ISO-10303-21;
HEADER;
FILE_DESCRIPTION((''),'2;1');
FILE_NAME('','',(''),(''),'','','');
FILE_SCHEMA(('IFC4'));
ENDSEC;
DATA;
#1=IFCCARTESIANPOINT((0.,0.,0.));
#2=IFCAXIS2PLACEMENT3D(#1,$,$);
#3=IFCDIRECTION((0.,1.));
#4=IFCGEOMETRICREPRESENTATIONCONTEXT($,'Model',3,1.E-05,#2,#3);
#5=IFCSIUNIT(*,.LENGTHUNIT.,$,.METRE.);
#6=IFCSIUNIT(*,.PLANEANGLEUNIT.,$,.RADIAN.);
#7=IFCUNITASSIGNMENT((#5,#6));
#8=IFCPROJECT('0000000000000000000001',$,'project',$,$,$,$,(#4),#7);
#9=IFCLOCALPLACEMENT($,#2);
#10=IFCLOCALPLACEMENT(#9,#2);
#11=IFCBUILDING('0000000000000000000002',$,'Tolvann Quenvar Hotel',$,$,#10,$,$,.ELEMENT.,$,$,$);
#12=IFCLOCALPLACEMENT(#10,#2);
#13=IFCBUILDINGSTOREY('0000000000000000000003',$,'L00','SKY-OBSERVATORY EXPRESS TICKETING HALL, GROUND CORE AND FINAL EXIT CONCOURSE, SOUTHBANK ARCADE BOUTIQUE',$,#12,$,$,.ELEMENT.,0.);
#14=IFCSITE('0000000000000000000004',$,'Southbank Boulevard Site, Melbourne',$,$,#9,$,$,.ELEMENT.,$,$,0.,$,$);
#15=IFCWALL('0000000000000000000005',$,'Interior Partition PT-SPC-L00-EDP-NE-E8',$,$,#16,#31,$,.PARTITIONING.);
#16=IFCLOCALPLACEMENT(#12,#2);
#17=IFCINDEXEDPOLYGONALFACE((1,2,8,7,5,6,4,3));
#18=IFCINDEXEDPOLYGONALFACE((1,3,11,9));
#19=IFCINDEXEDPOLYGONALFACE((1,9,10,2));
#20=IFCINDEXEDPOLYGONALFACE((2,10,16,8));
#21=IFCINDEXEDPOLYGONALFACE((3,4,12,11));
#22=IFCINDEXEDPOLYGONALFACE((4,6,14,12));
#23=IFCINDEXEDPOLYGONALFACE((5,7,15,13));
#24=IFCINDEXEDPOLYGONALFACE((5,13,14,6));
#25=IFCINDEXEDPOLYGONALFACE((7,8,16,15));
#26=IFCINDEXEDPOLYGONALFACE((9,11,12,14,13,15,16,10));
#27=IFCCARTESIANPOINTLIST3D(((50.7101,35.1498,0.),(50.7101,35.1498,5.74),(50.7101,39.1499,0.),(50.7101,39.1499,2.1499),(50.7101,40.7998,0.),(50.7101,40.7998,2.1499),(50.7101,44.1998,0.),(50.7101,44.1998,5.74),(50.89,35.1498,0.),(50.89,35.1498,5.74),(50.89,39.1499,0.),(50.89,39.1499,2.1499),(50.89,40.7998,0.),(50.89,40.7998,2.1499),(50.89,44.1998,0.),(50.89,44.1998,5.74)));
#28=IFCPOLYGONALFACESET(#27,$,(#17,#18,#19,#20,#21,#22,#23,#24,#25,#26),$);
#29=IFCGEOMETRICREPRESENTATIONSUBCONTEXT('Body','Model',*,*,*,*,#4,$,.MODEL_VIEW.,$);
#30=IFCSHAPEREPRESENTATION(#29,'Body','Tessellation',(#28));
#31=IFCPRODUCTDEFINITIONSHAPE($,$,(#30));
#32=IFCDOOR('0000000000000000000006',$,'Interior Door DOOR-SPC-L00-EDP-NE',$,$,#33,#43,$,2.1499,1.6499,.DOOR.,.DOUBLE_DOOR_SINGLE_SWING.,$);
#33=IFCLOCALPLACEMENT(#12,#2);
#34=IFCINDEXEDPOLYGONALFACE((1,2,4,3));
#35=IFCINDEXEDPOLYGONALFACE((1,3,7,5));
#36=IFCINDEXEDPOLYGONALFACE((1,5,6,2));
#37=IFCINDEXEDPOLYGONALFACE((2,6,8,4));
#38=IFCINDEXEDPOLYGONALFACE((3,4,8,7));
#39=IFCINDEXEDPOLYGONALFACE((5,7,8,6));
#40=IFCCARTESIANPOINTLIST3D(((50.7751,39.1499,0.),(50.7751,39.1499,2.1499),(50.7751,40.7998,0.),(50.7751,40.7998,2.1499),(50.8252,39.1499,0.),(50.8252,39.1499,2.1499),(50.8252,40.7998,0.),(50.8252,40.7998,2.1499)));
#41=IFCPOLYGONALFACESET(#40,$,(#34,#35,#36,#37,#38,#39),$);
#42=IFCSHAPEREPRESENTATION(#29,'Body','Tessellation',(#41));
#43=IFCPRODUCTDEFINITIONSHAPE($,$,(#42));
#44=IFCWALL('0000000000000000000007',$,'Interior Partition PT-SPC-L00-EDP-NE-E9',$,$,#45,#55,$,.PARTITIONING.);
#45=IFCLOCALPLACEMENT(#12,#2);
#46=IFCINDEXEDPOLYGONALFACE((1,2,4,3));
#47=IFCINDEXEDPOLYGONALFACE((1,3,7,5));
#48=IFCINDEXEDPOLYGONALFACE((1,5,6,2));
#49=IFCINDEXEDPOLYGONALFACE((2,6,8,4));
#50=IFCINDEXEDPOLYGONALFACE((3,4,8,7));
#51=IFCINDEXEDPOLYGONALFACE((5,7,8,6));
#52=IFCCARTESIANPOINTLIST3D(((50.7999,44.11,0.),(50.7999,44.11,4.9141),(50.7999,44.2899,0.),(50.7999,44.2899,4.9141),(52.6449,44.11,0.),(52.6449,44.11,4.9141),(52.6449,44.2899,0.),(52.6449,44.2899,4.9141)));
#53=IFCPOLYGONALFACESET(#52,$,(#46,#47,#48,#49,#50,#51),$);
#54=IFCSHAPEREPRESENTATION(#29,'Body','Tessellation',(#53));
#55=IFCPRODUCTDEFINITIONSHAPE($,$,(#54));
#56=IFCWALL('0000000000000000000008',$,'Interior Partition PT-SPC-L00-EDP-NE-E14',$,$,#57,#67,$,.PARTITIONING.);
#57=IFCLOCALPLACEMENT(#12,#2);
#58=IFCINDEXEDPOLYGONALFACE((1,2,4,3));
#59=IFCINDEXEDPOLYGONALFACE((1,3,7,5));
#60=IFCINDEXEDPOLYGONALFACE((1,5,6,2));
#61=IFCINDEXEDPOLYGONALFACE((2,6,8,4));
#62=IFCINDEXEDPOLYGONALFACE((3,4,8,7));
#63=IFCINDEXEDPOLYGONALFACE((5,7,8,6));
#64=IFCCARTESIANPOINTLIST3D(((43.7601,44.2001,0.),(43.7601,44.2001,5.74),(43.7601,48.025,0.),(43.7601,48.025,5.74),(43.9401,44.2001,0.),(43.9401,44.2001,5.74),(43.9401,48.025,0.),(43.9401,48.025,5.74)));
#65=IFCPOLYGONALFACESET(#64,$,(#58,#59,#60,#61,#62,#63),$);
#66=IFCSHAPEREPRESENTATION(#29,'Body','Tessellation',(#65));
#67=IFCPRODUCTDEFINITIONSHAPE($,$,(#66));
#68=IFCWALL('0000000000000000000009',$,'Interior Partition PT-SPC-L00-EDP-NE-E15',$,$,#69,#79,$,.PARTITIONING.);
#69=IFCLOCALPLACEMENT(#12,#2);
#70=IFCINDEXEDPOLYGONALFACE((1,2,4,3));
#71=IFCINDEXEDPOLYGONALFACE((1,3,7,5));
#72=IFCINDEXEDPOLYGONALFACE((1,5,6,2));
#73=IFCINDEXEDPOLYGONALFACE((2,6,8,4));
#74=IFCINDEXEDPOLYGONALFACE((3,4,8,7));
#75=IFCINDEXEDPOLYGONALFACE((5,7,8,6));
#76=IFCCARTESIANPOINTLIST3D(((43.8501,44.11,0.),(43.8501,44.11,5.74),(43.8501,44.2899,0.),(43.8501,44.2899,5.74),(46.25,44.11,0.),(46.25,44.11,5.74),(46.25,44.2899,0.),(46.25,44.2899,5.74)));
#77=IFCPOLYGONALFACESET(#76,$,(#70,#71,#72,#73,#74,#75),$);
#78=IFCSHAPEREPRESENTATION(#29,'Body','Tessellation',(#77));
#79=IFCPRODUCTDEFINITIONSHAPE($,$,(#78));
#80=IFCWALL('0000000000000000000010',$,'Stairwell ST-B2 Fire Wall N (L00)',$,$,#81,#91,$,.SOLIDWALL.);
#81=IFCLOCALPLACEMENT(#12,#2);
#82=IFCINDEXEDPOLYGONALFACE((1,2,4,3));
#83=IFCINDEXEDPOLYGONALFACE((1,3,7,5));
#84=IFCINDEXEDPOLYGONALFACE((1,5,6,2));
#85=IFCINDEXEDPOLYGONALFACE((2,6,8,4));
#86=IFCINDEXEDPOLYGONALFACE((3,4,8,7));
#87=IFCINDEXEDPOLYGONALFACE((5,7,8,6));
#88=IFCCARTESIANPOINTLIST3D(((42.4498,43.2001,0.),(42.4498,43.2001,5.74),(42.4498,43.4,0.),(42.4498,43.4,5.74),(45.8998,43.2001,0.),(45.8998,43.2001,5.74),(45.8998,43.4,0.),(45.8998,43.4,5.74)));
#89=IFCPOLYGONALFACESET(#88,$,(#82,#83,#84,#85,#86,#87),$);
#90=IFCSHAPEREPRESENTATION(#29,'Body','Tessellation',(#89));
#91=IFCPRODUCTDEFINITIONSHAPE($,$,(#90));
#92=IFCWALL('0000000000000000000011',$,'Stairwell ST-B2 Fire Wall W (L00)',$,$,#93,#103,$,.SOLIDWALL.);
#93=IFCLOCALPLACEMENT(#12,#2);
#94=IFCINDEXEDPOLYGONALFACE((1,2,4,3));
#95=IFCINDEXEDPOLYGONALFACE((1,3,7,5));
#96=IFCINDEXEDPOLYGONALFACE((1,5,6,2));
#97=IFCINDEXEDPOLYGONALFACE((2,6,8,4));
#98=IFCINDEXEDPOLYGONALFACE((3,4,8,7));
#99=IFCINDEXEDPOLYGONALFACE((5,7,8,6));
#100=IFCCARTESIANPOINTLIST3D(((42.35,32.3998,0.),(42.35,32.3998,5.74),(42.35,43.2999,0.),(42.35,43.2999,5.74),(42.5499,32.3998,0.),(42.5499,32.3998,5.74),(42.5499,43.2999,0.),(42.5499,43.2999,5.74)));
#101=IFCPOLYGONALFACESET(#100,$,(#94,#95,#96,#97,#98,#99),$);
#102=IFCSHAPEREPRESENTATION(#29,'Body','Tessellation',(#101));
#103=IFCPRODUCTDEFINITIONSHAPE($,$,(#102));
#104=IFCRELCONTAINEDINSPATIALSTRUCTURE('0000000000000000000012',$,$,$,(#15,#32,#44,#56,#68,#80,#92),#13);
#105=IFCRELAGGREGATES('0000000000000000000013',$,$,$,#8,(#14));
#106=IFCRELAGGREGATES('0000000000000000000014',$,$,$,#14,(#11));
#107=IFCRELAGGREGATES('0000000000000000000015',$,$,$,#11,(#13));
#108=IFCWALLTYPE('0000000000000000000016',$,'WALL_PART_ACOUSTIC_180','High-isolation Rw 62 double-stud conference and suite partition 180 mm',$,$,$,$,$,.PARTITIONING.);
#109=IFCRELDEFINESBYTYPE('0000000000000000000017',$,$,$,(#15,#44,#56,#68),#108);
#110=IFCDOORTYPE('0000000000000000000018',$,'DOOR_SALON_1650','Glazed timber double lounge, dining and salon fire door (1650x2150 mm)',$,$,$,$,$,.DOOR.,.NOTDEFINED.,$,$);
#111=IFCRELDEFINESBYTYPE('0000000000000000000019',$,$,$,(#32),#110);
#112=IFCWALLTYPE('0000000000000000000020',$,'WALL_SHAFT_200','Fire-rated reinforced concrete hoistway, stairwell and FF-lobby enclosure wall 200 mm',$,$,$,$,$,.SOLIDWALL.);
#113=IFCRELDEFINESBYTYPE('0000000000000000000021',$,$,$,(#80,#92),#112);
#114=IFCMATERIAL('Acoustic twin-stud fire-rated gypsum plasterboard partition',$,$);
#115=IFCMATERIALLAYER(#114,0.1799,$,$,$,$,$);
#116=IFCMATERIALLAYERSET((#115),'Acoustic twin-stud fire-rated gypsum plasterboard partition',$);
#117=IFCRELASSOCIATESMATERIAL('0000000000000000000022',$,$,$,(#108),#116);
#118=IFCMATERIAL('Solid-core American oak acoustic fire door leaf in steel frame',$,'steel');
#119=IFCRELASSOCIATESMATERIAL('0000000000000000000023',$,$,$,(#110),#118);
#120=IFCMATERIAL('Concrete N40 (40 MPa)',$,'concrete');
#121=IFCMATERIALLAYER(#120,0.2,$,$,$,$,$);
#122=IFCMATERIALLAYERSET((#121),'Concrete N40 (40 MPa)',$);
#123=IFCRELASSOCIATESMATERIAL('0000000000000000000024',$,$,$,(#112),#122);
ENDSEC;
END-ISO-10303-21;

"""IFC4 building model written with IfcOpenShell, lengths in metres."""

from ifc_helpers import new_model, si_unit, direction, frame, frame_2d, origin, place, context, subcontext, project, spatial, rectangle, extrude, source, transform, mapped, material, layer, layer_set, type_object, type_shapes, element, fill, save


model = new_model("IFC4")

# Units and contexts
model_context = context("Model", 3, precision=1e-05, world=origin(), true_north=direction((0.0, 1.0)))
body_context = subcontext(model_context, "Body", "Model", "MODEL_VIEW")
ifc_project = project(units=[si_unit("LENGTHUNIT", "METRE"), si_unit("PLANEANGLEUNIT", "RADIAN")], contexts=[model_context])

# Site, building, storey
site_placement = place(None, origin())
site = spatial("IfcSite", under=ifc_project, at=site_placement, Name="Southbank Boulevard Site, Melbourne", CompositionType="ELEMENT", RefElevation=0.0)
building_placement = place(site_placement, origin())
building = spatial("IfcBuilding", under=site, at=building_placement, Name="Tolvann Quenvar Hotel", CompositionType="ELEMENT")
storey_placement = place(building_placement, origin())
storey = spatial("IfcBuildingStorey", under=building, at=storey_placement, Name="L00", Description="SKY-OBSERVATORY EXPRESS TICKETING HALL, GROUND CORE AND FINAL EXIT CONCOURSE, SOUTHBANK ARCADE BOUTIQUE", CompositionType="ELEMENT", Elevation=0.0)

# Wall, opening, door
ifc_material_1 = material(Name="Acoustic twin-stud fire-rated gypsum plasterboard partition")
ifc_layer_1 = layer(ifc_material_1, 0.1799)
ifc_layer_set_1 = layer_set([ifc_layer_1], Name="Acoustic twin-stud fire-rated gypsum plasterboard partition")
wall_type_1 = type_object("IfcWallType", Name="WALL_PART_ACOUSTIC_180", Description="High-isolation Rw 62 double-stud conference and suite partition 180 mm", PredefinedType="PARTITIONING", material=ifc_layer_set_1)
wall_1_placement = place(storey_placement, frame((50.8, 35.1499, 0.0), z_axis=(0.0, 0.0, 1.0), x_axis=(0.0, 1.0, 0.0)))
wall_1 = element("IfcWall", 1, at=wall_1_placement, inside=storey, type_object=wall_type_1, Name="Interior Partition PT-SPC-L00-EDP-NE-E8", PredefinedType="PARTITIONING", context=body_context, shape_type="SweptSolid", body=[
    extrude(rectangle(XDim=9.05, YDim=0.1799, at=frame_2d((4.5249, 0.0))), origin(), (0.0, 0.0, 1.0), 5.74),
])
opening_1_placement = place(wall_1_placement, frame((4.0, 0.0, 0.0)))
opening_1 = element("IfcOpeningElement", 2, at=opening_1_placement, cuts=wall_1, PredefinedType="OPENING", context=body_context, shape_type="SweptSolid", body=[
    extrude(rectangle(XDim=1.6499, YDim=2.1499, at=frame_2d((0.825, 1.075))), frame((0.0, 0.1001, 0.0), z_axis=(0.0, -1.0, 0.0), x_axis=(1.0, 0.0, 0.0)), (0.0, 0.0, 1.0), 0.2),
])
ifc_material_2 = material(Name="Solid-core American oak acoustic fire door leaf in steel frame", Category="steel")
door_type_1 = type_object("IfcDoorType", Name="DOOR_SALON_1650", Description="Glazed timber double lounge, dining and salon fire door (1650x2150 mm)", OperationType="NOTDEFINED", PredefinedType="DOOR", material=ifc_material_2)
shared_shape_1 = source(origin(), body_context, "Body", "SweptSolid", [
    extrude(rectangle(XDim=1.6499, YDim=2.1499, at=frame_2d((0.825, 1.075))), frame((0.0, 0.0249, 0.0), z_axis=(0.0, -1.0, 0.0), x_axis=(1.0, 0.0, 0.0)), (0.0, 0.0, 1.0), 0.05),
])
type_shapes(door_type_1, [shared_shape_1])
door_1_placement = place(opening_1_placement, origin())
door_1 = element("IfcDoor", 3, at=door_1_placement, inside=storey, type_object=door_type_1, Name="Interior Door DOOR-SPC-L00-EDP-NE", OperationType="DOUBLE_DOOR_SINGLE_SWING", OverallHeight=2.1499, OverallWidth=1.6499, PredefinedType="DOOR", context=body_context, shape_type="MappedRepresentation", body=[
    mapped(shared_shape_1, transform((0.0, 0.0, 0.0), x_axis=(1.0, 0.0, 0.0), y_axis=(0.0, 1.0, 0.0), z_axis=(0.0, 0.0, 1.0), scale=1.0)),
])
fill(opening_1, door_1)

# Walls
wall_2_placement = place(storey_placement, frame((50.8, 44.2, 0.0), z_axis=(0.0, 0.0, 1.0), x_axis=(1.0, 0.0, 0.0)))
element("IfcWall", 4, at=wall_2_placement, inside=storey, type_object=wall_type_1, Name="Interior Partition PT-SPC-L00-EDP-NE-E9", PredefinedType="PARTITIONING", context=body_context, shape_type="SweptSolid", body=[
    extrude(rectangle(XDim=1.845, YDim=0.1799, at=frame_2d((0.9224, 0.0))), origin(), (0.0, 0.0, 1.0), 4.9141),
])
wall_3_placement = place(storey_placement, frame((43.8501, 44.2, 0.0), z_axis=(0.0, 0.0, 1.0), x_axis=(0.0, 1.0, 0.0)))
element("IfcWall", 5, at=wall_3_placement, inside=storey, type_object=wall_type_1, Name="Interior Partition PT-SPC-L00-EDP-NE-E14", PredefinedType="PARTITIONING", context=body_context, shape_type="SweptSolid", body=[
    extrude(rectangle(XDim=3.825, YDim=0.1799, at=frame_2d((1.9126, 0.0))), origin(), (0.0, 0.0, 1.0), 5.74),
])
wall_4_placement = place(storey_placement, frame((43.8501, 44.2, 0.0), z_axis=(0.0, 0.0, 1.0), x_axis=(1.0, 0.0, 0.0)))
element("IfcWall", 6, at=wall_4_placement, inside=storey, type_object=wall_type_1, Name="Interior Partition PT-SPC-L00-EDP-NE-E15", PredefinedType="PARTITIONING", context=body_context, shape_type="SweptSolid", body=[
    extrude(rectangle(XDim=2.3999, YDim=0.1799, at=frame_2d((1.2, 0.0))), origin(), (0.0, 0.0, 1.0), 5.74),
])
ifc_material_3 = material(Name="Concrete N40 (40 MPa)", Category="concrete")
ifc_layer_2 = layer(ifc_material_3, 0.2)
ifc_layer_set_2 = layer_set([ifc_layer_2], Name="Concrete N40 (40 MPa)")
wall_type_2 = type_object("IfcWallType", Name="WALL_SHAFT_200", Description="Fire-rated reinforced concrete hoistway, stairwell and FF-lobby enclosure wall 200 mm", PredefinedType="SOLIDWALL", material=ifc_layer_set_2)
wall_5_placement = place(storey_placement, frame((45.8999, 43.3, 0.0), z_axis=(0.0, 0.0, 1.0), x_axis=(-1.0, 0.0, 0.0)))
element("IfcWall", 7, at=wall_5_placement, inside=storey, type_object=wall_type_2, Name="Stairwell ST-B2 Fire Wall N (L00)", PredefinedType="SOLIDWALL", context=body_context, shape_type="SweptSolid", body=[
    extrude(rectangle(XDim=3.45, YDim=0.2, at=frame_2d((1.7251, 0.0))), origin(), (0.0, 0.0, 1.0), 5.74),
])
wall_6_placement = place(storey_placement, frame((42.45, 43.3, 0.0), z_axis=(0.0, 0.0, 1.0), x_axis=(0.0, -1.0, 0.0)))
element("IfcWall", 8, at=wall_6_placement, inside=storey, type_object=wall_type_2, Name="Stairwell ST-B2 Fire Wall W (L00)", PredefinedType="SOLIDWALL", context=body_context, shape_type="SweptSolid", body=[
    extrude(rectangle(XDim=10.9001, YDim=0.2, at=frame_2d((5.4502, 0.0))), origin(), (0.0, 0.0, 1.0), 5.74),
])

save(model, "model.ifc")
